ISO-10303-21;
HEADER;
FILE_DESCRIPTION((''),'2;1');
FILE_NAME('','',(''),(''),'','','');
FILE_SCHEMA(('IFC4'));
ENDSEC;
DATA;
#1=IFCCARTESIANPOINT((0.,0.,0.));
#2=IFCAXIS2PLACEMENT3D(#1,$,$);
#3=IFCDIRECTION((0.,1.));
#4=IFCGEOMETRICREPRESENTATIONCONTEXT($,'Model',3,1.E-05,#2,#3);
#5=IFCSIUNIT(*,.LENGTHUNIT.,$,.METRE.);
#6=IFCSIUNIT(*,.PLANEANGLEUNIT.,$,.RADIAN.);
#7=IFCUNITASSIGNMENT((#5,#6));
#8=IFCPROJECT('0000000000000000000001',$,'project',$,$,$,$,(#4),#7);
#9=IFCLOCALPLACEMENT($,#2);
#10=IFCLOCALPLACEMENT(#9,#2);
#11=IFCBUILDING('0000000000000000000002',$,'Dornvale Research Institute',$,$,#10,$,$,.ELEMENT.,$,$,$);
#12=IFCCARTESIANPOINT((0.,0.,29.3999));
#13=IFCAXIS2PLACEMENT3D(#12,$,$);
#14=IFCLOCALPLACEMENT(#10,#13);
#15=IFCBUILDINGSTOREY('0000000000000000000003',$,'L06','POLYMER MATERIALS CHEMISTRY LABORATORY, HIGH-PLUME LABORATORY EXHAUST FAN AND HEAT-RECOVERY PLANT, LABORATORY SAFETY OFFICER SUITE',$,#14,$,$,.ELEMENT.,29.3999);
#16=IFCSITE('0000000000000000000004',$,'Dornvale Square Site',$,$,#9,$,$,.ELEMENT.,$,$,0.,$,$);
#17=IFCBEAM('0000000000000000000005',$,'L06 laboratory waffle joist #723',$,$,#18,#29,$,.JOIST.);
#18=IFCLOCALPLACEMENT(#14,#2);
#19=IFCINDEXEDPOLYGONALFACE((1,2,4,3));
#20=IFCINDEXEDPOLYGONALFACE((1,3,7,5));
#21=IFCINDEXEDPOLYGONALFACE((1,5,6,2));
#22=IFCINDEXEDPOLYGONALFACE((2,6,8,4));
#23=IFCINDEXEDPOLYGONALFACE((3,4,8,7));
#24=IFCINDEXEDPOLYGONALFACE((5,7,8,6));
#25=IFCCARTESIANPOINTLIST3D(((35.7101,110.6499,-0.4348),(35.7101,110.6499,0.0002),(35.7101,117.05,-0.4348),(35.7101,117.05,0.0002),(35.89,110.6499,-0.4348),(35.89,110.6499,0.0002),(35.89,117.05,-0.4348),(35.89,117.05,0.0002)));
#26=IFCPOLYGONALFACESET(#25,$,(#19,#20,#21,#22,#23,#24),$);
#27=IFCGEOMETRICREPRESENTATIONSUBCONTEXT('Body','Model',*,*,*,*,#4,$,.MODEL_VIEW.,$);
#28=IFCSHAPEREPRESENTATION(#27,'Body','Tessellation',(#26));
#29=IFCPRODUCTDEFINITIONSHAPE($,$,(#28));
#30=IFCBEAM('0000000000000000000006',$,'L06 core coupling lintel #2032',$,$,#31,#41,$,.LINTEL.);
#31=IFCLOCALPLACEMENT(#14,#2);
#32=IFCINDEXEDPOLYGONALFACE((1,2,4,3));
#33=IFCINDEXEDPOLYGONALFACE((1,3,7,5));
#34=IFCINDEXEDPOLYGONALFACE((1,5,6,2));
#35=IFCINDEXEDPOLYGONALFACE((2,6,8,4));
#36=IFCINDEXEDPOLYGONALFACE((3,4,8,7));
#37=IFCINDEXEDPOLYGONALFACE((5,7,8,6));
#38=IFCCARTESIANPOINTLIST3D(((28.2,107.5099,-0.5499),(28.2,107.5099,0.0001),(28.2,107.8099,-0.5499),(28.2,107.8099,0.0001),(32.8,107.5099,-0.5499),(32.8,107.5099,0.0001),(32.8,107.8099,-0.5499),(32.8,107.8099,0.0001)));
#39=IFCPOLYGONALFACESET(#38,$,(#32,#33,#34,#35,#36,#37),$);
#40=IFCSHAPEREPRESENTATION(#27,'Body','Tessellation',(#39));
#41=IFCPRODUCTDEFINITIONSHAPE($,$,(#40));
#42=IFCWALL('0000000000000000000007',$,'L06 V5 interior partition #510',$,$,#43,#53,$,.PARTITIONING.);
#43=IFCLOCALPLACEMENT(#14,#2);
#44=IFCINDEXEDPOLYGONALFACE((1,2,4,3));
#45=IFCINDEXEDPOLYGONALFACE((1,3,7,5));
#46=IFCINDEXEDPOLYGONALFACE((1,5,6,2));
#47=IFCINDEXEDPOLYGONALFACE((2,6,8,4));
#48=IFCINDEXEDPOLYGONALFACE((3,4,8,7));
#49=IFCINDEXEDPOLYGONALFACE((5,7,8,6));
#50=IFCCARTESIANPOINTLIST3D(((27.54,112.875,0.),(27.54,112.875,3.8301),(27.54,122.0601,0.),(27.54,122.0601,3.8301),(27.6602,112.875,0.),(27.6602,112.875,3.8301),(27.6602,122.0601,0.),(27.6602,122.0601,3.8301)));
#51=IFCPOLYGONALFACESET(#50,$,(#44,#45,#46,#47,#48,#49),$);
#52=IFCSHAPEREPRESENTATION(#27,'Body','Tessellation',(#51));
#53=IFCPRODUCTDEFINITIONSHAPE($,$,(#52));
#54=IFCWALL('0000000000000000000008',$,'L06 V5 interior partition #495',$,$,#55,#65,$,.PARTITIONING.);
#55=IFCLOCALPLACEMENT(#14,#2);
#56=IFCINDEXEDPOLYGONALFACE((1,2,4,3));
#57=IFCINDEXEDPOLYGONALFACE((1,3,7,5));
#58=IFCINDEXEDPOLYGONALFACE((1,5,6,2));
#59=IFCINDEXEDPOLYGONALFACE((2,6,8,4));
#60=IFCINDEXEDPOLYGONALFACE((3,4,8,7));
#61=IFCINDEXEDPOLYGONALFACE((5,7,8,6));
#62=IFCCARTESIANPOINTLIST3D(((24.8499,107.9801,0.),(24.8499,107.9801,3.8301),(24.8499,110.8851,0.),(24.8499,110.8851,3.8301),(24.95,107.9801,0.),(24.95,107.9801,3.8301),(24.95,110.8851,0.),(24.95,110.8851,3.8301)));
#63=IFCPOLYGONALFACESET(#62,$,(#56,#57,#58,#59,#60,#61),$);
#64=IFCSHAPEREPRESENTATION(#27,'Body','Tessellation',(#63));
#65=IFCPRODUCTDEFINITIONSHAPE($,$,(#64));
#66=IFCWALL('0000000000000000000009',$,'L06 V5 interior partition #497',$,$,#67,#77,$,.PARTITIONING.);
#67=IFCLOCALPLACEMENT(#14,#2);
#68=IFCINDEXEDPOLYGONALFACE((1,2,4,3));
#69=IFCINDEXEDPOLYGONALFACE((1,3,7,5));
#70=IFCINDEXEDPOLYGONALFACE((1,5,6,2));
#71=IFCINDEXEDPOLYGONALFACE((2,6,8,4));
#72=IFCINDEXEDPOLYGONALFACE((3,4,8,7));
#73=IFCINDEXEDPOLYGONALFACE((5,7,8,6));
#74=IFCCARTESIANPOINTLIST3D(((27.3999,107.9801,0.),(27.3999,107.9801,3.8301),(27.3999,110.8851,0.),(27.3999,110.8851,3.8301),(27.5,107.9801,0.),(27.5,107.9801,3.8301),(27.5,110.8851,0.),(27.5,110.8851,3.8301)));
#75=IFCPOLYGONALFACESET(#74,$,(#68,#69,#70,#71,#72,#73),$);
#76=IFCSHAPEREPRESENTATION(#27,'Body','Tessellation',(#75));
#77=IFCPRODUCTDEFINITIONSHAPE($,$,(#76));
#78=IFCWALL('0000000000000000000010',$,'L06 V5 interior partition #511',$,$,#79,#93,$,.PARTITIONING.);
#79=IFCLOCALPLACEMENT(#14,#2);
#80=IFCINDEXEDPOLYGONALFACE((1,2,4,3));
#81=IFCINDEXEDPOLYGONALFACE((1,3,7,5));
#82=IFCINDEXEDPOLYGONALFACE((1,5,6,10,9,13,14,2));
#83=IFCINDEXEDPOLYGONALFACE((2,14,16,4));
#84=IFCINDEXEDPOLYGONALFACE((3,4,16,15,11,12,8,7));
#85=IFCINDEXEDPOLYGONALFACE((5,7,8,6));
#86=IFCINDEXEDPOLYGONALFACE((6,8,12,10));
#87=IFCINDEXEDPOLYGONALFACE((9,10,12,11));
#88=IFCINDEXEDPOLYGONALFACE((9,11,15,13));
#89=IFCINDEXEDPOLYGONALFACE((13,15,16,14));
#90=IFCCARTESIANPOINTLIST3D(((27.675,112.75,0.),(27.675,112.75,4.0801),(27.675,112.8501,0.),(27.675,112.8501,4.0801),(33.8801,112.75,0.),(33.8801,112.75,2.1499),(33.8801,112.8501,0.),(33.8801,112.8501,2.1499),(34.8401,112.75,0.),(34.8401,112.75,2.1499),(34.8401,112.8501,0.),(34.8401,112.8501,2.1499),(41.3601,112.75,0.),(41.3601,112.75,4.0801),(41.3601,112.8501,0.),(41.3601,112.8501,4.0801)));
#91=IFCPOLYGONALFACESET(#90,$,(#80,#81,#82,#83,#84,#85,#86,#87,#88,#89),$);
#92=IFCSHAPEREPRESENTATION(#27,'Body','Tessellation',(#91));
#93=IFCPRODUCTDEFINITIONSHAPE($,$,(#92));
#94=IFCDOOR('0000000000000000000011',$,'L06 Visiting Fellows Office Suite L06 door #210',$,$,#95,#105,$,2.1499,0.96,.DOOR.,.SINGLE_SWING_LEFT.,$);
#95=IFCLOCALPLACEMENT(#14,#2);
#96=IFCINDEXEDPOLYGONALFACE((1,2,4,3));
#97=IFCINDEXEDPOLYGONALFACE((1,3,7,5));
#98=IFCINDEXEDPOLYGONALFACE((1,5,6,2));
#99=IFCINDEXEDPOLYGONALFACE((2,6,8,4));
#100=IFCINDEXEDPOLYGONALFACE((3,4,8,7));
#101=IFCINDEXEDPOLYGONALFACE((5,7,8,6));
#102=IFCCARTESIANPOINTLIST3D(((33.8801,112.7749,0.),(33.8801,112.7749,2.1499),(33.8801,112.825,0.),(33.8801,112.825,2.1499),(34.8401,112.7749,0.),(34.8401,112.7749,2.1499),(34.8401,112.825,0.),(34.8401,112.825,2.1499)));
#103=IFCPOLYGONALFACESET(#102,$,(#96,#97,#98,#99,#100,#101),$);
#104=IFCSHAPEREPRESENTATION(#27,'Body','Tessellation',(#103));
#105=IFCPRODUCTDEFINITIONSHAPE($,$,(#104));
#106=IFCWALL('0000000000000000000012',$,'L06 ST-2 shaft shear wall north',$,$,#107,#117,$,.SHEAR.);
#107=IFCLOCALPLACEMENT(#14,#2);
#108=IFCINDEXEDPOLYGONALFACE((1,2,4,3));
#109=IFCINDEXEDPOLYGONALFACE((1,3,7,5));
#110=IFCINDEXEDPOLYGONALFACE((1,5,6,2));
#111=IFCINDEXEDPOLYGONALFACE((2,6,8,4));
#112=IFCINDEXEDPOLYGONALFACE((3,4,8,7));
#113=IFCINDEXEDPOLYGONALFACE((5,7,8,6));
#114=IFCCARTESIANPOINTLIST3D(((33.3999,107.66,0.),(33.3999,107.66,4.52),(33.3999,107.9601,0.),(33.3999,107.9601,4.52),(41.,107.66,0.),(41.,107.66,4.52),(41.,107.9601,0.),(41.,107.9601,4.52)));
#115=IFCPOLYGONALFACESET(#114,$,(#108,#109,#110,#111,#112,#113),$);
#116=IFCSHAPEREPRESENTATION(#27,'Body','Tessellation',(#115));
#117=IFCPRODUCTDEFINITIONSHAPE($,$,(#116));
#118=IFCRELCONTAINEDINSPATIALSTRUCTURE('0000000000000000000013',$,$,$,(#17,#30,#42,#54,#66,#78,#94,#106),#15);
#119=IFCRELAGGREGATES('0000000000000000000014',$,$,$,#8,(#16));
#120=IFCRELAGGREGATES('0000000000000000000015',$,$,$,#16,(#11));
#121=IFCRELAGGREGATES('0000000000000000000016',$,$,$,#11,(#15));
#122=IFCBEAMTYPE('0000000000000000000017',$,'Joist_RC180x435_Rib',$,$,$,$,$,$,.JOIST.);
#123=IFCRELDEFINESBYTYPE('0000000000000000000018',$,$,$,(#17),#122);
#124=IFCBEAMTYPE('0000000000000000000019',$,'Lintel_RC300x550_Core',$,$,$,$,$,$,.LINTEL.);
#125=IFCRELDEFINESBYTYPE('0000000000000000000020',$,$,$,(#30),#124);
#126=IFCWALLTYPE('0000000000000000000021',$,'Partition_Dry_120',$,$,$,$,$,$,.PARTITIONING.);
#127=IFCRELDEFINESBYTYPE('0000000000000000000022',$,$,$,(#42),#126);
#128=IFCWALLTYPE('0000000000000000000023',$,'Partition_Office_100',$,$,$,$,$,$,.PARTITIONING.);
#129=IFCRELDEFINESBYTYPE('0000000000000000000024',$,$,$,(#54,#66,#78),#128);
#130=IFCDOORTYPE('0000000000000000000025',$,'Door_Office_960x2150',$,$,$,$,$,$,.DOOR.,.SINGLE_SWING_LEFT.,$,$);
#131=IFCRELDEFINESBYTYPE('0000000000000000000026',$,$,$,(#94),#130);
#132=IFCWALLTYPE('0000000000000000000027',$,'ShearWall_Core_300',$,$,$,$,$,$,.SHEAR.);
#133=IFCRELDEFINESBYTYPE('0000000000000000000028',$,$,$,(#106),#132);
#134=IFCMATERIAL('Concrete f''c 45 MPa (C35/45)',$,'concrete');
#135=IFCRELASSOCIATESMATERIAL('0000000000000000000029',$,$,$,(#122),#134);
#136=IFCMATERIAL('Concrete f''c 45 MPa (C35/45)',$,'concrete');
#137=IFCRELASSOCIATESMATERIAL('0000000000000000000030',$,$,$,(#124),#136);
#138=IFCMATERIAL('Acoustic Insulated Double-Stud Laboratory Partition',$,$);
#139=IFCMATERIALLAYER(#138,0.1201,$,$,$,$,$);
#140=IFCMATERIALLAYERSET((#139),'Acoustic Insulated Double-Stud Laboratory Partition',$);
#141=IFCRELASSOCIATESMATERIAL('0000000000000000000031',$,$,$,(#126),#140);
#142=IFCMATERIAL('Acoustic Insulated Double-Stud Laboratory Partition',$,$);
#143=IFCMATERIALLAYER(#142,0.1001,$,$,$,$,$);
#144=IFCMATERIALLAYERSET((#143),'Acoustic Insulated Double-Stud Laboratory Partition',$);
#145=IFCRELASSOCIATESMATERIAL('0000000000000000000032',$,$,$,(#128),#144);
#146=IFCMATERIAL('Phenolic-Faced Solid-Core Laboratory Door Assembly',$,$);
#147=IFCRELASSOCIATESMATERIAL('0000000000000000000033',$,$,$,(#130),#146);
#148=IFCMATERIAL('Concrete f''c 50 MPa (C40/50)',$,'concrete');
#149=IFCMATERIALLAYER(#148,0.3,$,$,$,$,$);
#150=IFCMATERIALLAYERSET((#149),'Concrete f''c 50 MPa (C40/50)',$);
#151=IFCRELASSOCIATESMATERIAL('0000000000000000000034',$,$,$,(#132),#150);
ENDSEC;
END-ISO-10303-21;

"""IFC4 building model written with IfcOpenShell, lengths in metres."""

from ifc_helpers import new_model, si_unit, direction, frame, frame_2d, origin, origin_2d, place, context, subcontext, project, spatial, rectangle, extrude, material, layer, layer_set, material_profile, profile_set, type_object, element, fill, save


model = new_model("IFC4")

# Units and contexts
model_context = context("Model", 3, precision=1e-05, world=origin(), true_north=direction((0.0, 1.0)))
body_context = subcontext(model_context, "Body", "Model", "MODEL_VIEW")
ifc_project = project(units=[si_unit("LENGTHUNIT", "METRE"), si_unit("PLANEANGLEUNIT", "RADIAN")], contexts=[model_context])

# Site, building, storey
site_placement = place(None, origin())
site = spatial("IfcSite", under=ifc_project, at=site_placement, Name="Dornvale Square Site", CompositionType="ELEMENT", RefElevation=0.0)
building_placement = place(site_placement, origin())
building = spatial("IfcBuilding", under=site, at=building_placement, Name="Dornvale Research Institute", CompositionType="ELEMENT")
storey_placement = place(building_placement, frame((0.0, 0.0, 29.3999)))
storey = spatial("IfcBuildingStorey", under=building, at=storey_placement, Name="L06", Description="POLYMER MATERIALS CHEMISTRY LABORATORY, HIGH-PLUME LABORATORY EXHAUST FAN AND HEAT-RECOVERY PLANT, LABORATORY SAFETY OFFICER SUITE", CompositionType="ELEMENT", Elevation=29.3999)

# Beams
ifc_material_1 = material(Name="Concrete f'c 45 MPa (C35/45)", Category="concrete")
ifc_material_profile_1 = material_profile(ifc_material_1, rectangle(XDim=0.1799, YDim=0.4351, at=origin_2d()), Name="RC 180x435")
ifc_profile_set_1 = profile_set([ifc_material_profile_1], Name="Concrete f'c 45 MPa (C35/45)")
beam_type_1 = type_object("IfcBeamType", Name="Joist_RC180x435_Rib", PredefinedType="JOIST", material=ifc_profile_set_1)
beam_1_placement = place(storey_placement, frame((35.8, 110.6499, -0.2173), z_axis=(0.0, 1.0, 0.0), x_axis=(-1.0, 0.0, 0.0)))
element("IfcBeam", 1, at=beam_1_placement, inside=storey, type_object=beam_type_1, Name="L06 laboratory waffle joist #723", PredefinedType="JOIST", context=body_context, shape_type="SweptSolid", body=[
    extrude(rectangle(XDim=0.1799, YDim=0.4351, at=origin_2d()), origin(), (0.0, 0.0, 1.0), 6.4001),
])
ifc_material_2 = material(Name="Concrete f'c 45 MPa (C35/45)", Category="concrete")
ifc_material_profile_2 = material_profile(ifc_material_2, rectangle(XDim=0.3, YDim=0.55, at=origin_2d()), Name="RC 300x550")
ifc_profile_set_2 = profile_set([ifc_material_profile_2], Name="Concrete f'c 45 MPa (C35/45)")
beam_type_2 = type_object("IfcBeamType", Name="Lintel_RC300x550_Core", PredefinedType="LINTEL", material=ifc_profile_set_2)
beam_2_placement = place(storey_placement, frame((28.2, 107.6599, -0.2749), z_axis=(1.0, 0.0, 0.0), x_axis=(0.0, 1.0, 0.0)))
element("IfcBeam", 2, at=beam_2_placement, inside=storey, type_object=beam_type_2, Name="L06 core coupling lintel #2032", PredefinedType="LINTEL", context=body_context, shape_type="SweptSolid", body=[
    extrude(rectangle(XDim=0.3, YDim=0.55, at=origin_2d()), origin(), (0.0, 0.0, 1.0), 4.6001),
])

# Walls
ifc_material_3 = material(Name="Acoustic Insulated Double-Stud Laboratory Partition")
ifc_layer_1 = layer(ifc_material_3, 0.1201)
ifc_layer_set_1 = layer_set([ifc_layer_1], Name="Acoustic Insulated Double-Stud Laboratory Partition")
wall_type_1 = type_object("IfcWallType", Name="Partition_Dry_120", PredefinedType="PARTITIONING", material=ifc_layer_set_1)
wall_1_placement = place(storey_placement, frame((27.6001, 112.875, 0.0), z_axis=(0.0, 0.0, 1.0), x_axis=(0.0, 1.0, 0.0)))
element("IfcWall", 3, at=wall_1_placement, inside=storey, type_object=wall_type_1, Name="L06 V5 interior partition #510", PredefinedType="PARTITIONING", context=body_context, shape_type="SweptSolid", body=[
    extrude(rectangle(XDim=9.1851, YDim=0.1201, at=frame_2d((4.5925, 0.0))), origin(), (0.0, 0.0, 1.0), 3.8301),
])
ifc_material_4 = material(Name="Acoustic Insulated Double-Stud Laboratory Partition")
ifc_layer_2 = layer(ifc_material_4, 0.1001)
ifc_layer_set_2 = layer_set([ifc_layer_2], Name="Acoustic Insulated Double-Stud Laboratory Partition")
wall_type_2 = type_object("IfcWallType", Name="Partition_Office_100", PredefinedType="PARTITIONING", material=ifc_layer_set_2)
wall_2_placement = place(storey_placement, frame((24.8999, 107.98, 0.0), z_axis=(0.0, 0.0, 1.0), x_axis=(0.0, 1.0, 0.0)))
element("IfcWall", 4, at=wall_2_placement, inside=storey, type_object=wall_type_2, Name="L06 V5 interior partition #495", PredefinedType="PARTITIONING", context=body_context, shape_type="SweptSolid", body=[
    extrude(rectangle(XDim=2.905, YDim=0.1001, at=frame_2d((1.4526, 0.0))), origin(), (0.0, 0.0, 1.0), 3.8301),
])

# Wall
wall_3_placement = place(storey_placement, frame((27.45, 107.98, 0.0), z_axis=(0.0, 0.0, 1.0), x_axis=(0.0, 1.0, 0.0)))
element("IfcWall", 5, at=wall_3_placement, inside=storey, type_object=wall_type_2, Name="L06 V5 interior partition #497", PredefinedType="PARTITIONING", context=body_context, shape_type="SweptSolid", body=[
    extrude(rectangle(XDim=2.905, YDim=0.1001, at=frame_2d((1.4526, 0.0))), origin(), (0.0, 0.0, 1.0), 3.8301),
])

# Wall, opening, door
wall_4_placement = place(storey_placement, frame((27.675, 112.8, 0.0), z_axis=(0.0, 0.0, 1.0), x_axis=(1.0, 0.0, 0.0)))
wall_4 = element("IfcWall", 6, at=wall_4_placement, inside=storey, type_object=wall_type_2, Name="L06 V5 interior partition #511", PredefinedType="PARTITIONING", context=body_context, shape_type="SweptSolid", body=[
    extrude(rectangle(XDim=13.6851, YDim=0.1001, at=frame_2d((6.8425, 0.0))), origin(), (0.0, 0.0, 1.0), 4.0801),
])
opening_1_placement = place(wall_4_placement, frame((6.2051, 0.0, 0.0)))
opening_1 = element("IfcOpeningElement", 7, at=opening_1_placement, cuts=wall_4, PredefinedType="OPENING", context=body_context, shape_type="SweptSolid", body=[
    extrude(rectangle(XDim=0.96, YDim=2.1499, at=frame_2d((0.48, 1.075))), frame((0.0, 0.0649, 0.0), z_axis=(0.0, -1.0, 0.0), x_axis=(1.0, 0.0, 0.0)), (0.0, 0.0, 1.0), 0.1301),
])
ifc_material_5 = material(Name="Phenolic-Faced Solid-Core Laboratory Door Assembly")
door_type_1 = type_object("IfcDoorType", Name="Door_Office_960x2150", OperationType="SINGLE_SWING_LEFT", PredefinedType="DOOR", material=ifc_material_5)
door_1_placement = place(opening_1_placement, origin())
door_1 = element("IfcDoor", 8, at=door_1_placement, inside=storey, type_object=door_type_1, Name="L06 Visiting Fellows Office Suite L06 door #210", OperationType="SINGLE_SWING_LEFT", OverallHeight=2.1499, OverallWidth=0.96, PredefinedType="DOOR", context=body_context, shape_type="SweptSolid", body=[
    extrude(rectangle(XDim=0.96, YDim=2.1499, at=frame_2d((0.48, 1.075))), frame((0.0, 0.0249, 0.0), z_axis=(0.0, -1.0, 0.0), x_axis=(1.0, 0.0, 0.0)), (0.0, 0.0, 1.0), 0.05),
])
fill(opening_1, door_1)

# Wall
ifc_material_6 = material(Name="Concrete f'c 50 MPa (C40/50)", Category="concrete")
ifc_layer_3 = layer(ifc_material_6, 0.3)
ifc_layer_set_3 = layer_set([ifc_layer_3], Name="Concrete f'c 50 MPa (C40/50)")
wall_type_3 = type_object("IfcWallType", Name="ShearWall_Core_300", PredefinedType="SHEAR", material=ifc_layer_set_3)
wall_5_placement = place(storey_placement, frame((33.3999, 107.8101, 0.0), z_axis=(0.0, 0.0, 1.0), x_axis=(1.0, 0.0, 0.0)))
element("IfcWall", 9, at=wall_5_placement, inside=storey, type_object=wall_type_3, Name="L06 ST-2 shaft shear wall north", PredefinedType="SHEAR", context=body_context, shape_type="SweptSolid", body=[
    extrude(rectangle(XDim=7.6001, YDim=0.3, at=frame_2d((3.8, 0.0))), origin(), (0.0, 0.0, 1.0), 4.52),
])

save(model, "model.ifc")
